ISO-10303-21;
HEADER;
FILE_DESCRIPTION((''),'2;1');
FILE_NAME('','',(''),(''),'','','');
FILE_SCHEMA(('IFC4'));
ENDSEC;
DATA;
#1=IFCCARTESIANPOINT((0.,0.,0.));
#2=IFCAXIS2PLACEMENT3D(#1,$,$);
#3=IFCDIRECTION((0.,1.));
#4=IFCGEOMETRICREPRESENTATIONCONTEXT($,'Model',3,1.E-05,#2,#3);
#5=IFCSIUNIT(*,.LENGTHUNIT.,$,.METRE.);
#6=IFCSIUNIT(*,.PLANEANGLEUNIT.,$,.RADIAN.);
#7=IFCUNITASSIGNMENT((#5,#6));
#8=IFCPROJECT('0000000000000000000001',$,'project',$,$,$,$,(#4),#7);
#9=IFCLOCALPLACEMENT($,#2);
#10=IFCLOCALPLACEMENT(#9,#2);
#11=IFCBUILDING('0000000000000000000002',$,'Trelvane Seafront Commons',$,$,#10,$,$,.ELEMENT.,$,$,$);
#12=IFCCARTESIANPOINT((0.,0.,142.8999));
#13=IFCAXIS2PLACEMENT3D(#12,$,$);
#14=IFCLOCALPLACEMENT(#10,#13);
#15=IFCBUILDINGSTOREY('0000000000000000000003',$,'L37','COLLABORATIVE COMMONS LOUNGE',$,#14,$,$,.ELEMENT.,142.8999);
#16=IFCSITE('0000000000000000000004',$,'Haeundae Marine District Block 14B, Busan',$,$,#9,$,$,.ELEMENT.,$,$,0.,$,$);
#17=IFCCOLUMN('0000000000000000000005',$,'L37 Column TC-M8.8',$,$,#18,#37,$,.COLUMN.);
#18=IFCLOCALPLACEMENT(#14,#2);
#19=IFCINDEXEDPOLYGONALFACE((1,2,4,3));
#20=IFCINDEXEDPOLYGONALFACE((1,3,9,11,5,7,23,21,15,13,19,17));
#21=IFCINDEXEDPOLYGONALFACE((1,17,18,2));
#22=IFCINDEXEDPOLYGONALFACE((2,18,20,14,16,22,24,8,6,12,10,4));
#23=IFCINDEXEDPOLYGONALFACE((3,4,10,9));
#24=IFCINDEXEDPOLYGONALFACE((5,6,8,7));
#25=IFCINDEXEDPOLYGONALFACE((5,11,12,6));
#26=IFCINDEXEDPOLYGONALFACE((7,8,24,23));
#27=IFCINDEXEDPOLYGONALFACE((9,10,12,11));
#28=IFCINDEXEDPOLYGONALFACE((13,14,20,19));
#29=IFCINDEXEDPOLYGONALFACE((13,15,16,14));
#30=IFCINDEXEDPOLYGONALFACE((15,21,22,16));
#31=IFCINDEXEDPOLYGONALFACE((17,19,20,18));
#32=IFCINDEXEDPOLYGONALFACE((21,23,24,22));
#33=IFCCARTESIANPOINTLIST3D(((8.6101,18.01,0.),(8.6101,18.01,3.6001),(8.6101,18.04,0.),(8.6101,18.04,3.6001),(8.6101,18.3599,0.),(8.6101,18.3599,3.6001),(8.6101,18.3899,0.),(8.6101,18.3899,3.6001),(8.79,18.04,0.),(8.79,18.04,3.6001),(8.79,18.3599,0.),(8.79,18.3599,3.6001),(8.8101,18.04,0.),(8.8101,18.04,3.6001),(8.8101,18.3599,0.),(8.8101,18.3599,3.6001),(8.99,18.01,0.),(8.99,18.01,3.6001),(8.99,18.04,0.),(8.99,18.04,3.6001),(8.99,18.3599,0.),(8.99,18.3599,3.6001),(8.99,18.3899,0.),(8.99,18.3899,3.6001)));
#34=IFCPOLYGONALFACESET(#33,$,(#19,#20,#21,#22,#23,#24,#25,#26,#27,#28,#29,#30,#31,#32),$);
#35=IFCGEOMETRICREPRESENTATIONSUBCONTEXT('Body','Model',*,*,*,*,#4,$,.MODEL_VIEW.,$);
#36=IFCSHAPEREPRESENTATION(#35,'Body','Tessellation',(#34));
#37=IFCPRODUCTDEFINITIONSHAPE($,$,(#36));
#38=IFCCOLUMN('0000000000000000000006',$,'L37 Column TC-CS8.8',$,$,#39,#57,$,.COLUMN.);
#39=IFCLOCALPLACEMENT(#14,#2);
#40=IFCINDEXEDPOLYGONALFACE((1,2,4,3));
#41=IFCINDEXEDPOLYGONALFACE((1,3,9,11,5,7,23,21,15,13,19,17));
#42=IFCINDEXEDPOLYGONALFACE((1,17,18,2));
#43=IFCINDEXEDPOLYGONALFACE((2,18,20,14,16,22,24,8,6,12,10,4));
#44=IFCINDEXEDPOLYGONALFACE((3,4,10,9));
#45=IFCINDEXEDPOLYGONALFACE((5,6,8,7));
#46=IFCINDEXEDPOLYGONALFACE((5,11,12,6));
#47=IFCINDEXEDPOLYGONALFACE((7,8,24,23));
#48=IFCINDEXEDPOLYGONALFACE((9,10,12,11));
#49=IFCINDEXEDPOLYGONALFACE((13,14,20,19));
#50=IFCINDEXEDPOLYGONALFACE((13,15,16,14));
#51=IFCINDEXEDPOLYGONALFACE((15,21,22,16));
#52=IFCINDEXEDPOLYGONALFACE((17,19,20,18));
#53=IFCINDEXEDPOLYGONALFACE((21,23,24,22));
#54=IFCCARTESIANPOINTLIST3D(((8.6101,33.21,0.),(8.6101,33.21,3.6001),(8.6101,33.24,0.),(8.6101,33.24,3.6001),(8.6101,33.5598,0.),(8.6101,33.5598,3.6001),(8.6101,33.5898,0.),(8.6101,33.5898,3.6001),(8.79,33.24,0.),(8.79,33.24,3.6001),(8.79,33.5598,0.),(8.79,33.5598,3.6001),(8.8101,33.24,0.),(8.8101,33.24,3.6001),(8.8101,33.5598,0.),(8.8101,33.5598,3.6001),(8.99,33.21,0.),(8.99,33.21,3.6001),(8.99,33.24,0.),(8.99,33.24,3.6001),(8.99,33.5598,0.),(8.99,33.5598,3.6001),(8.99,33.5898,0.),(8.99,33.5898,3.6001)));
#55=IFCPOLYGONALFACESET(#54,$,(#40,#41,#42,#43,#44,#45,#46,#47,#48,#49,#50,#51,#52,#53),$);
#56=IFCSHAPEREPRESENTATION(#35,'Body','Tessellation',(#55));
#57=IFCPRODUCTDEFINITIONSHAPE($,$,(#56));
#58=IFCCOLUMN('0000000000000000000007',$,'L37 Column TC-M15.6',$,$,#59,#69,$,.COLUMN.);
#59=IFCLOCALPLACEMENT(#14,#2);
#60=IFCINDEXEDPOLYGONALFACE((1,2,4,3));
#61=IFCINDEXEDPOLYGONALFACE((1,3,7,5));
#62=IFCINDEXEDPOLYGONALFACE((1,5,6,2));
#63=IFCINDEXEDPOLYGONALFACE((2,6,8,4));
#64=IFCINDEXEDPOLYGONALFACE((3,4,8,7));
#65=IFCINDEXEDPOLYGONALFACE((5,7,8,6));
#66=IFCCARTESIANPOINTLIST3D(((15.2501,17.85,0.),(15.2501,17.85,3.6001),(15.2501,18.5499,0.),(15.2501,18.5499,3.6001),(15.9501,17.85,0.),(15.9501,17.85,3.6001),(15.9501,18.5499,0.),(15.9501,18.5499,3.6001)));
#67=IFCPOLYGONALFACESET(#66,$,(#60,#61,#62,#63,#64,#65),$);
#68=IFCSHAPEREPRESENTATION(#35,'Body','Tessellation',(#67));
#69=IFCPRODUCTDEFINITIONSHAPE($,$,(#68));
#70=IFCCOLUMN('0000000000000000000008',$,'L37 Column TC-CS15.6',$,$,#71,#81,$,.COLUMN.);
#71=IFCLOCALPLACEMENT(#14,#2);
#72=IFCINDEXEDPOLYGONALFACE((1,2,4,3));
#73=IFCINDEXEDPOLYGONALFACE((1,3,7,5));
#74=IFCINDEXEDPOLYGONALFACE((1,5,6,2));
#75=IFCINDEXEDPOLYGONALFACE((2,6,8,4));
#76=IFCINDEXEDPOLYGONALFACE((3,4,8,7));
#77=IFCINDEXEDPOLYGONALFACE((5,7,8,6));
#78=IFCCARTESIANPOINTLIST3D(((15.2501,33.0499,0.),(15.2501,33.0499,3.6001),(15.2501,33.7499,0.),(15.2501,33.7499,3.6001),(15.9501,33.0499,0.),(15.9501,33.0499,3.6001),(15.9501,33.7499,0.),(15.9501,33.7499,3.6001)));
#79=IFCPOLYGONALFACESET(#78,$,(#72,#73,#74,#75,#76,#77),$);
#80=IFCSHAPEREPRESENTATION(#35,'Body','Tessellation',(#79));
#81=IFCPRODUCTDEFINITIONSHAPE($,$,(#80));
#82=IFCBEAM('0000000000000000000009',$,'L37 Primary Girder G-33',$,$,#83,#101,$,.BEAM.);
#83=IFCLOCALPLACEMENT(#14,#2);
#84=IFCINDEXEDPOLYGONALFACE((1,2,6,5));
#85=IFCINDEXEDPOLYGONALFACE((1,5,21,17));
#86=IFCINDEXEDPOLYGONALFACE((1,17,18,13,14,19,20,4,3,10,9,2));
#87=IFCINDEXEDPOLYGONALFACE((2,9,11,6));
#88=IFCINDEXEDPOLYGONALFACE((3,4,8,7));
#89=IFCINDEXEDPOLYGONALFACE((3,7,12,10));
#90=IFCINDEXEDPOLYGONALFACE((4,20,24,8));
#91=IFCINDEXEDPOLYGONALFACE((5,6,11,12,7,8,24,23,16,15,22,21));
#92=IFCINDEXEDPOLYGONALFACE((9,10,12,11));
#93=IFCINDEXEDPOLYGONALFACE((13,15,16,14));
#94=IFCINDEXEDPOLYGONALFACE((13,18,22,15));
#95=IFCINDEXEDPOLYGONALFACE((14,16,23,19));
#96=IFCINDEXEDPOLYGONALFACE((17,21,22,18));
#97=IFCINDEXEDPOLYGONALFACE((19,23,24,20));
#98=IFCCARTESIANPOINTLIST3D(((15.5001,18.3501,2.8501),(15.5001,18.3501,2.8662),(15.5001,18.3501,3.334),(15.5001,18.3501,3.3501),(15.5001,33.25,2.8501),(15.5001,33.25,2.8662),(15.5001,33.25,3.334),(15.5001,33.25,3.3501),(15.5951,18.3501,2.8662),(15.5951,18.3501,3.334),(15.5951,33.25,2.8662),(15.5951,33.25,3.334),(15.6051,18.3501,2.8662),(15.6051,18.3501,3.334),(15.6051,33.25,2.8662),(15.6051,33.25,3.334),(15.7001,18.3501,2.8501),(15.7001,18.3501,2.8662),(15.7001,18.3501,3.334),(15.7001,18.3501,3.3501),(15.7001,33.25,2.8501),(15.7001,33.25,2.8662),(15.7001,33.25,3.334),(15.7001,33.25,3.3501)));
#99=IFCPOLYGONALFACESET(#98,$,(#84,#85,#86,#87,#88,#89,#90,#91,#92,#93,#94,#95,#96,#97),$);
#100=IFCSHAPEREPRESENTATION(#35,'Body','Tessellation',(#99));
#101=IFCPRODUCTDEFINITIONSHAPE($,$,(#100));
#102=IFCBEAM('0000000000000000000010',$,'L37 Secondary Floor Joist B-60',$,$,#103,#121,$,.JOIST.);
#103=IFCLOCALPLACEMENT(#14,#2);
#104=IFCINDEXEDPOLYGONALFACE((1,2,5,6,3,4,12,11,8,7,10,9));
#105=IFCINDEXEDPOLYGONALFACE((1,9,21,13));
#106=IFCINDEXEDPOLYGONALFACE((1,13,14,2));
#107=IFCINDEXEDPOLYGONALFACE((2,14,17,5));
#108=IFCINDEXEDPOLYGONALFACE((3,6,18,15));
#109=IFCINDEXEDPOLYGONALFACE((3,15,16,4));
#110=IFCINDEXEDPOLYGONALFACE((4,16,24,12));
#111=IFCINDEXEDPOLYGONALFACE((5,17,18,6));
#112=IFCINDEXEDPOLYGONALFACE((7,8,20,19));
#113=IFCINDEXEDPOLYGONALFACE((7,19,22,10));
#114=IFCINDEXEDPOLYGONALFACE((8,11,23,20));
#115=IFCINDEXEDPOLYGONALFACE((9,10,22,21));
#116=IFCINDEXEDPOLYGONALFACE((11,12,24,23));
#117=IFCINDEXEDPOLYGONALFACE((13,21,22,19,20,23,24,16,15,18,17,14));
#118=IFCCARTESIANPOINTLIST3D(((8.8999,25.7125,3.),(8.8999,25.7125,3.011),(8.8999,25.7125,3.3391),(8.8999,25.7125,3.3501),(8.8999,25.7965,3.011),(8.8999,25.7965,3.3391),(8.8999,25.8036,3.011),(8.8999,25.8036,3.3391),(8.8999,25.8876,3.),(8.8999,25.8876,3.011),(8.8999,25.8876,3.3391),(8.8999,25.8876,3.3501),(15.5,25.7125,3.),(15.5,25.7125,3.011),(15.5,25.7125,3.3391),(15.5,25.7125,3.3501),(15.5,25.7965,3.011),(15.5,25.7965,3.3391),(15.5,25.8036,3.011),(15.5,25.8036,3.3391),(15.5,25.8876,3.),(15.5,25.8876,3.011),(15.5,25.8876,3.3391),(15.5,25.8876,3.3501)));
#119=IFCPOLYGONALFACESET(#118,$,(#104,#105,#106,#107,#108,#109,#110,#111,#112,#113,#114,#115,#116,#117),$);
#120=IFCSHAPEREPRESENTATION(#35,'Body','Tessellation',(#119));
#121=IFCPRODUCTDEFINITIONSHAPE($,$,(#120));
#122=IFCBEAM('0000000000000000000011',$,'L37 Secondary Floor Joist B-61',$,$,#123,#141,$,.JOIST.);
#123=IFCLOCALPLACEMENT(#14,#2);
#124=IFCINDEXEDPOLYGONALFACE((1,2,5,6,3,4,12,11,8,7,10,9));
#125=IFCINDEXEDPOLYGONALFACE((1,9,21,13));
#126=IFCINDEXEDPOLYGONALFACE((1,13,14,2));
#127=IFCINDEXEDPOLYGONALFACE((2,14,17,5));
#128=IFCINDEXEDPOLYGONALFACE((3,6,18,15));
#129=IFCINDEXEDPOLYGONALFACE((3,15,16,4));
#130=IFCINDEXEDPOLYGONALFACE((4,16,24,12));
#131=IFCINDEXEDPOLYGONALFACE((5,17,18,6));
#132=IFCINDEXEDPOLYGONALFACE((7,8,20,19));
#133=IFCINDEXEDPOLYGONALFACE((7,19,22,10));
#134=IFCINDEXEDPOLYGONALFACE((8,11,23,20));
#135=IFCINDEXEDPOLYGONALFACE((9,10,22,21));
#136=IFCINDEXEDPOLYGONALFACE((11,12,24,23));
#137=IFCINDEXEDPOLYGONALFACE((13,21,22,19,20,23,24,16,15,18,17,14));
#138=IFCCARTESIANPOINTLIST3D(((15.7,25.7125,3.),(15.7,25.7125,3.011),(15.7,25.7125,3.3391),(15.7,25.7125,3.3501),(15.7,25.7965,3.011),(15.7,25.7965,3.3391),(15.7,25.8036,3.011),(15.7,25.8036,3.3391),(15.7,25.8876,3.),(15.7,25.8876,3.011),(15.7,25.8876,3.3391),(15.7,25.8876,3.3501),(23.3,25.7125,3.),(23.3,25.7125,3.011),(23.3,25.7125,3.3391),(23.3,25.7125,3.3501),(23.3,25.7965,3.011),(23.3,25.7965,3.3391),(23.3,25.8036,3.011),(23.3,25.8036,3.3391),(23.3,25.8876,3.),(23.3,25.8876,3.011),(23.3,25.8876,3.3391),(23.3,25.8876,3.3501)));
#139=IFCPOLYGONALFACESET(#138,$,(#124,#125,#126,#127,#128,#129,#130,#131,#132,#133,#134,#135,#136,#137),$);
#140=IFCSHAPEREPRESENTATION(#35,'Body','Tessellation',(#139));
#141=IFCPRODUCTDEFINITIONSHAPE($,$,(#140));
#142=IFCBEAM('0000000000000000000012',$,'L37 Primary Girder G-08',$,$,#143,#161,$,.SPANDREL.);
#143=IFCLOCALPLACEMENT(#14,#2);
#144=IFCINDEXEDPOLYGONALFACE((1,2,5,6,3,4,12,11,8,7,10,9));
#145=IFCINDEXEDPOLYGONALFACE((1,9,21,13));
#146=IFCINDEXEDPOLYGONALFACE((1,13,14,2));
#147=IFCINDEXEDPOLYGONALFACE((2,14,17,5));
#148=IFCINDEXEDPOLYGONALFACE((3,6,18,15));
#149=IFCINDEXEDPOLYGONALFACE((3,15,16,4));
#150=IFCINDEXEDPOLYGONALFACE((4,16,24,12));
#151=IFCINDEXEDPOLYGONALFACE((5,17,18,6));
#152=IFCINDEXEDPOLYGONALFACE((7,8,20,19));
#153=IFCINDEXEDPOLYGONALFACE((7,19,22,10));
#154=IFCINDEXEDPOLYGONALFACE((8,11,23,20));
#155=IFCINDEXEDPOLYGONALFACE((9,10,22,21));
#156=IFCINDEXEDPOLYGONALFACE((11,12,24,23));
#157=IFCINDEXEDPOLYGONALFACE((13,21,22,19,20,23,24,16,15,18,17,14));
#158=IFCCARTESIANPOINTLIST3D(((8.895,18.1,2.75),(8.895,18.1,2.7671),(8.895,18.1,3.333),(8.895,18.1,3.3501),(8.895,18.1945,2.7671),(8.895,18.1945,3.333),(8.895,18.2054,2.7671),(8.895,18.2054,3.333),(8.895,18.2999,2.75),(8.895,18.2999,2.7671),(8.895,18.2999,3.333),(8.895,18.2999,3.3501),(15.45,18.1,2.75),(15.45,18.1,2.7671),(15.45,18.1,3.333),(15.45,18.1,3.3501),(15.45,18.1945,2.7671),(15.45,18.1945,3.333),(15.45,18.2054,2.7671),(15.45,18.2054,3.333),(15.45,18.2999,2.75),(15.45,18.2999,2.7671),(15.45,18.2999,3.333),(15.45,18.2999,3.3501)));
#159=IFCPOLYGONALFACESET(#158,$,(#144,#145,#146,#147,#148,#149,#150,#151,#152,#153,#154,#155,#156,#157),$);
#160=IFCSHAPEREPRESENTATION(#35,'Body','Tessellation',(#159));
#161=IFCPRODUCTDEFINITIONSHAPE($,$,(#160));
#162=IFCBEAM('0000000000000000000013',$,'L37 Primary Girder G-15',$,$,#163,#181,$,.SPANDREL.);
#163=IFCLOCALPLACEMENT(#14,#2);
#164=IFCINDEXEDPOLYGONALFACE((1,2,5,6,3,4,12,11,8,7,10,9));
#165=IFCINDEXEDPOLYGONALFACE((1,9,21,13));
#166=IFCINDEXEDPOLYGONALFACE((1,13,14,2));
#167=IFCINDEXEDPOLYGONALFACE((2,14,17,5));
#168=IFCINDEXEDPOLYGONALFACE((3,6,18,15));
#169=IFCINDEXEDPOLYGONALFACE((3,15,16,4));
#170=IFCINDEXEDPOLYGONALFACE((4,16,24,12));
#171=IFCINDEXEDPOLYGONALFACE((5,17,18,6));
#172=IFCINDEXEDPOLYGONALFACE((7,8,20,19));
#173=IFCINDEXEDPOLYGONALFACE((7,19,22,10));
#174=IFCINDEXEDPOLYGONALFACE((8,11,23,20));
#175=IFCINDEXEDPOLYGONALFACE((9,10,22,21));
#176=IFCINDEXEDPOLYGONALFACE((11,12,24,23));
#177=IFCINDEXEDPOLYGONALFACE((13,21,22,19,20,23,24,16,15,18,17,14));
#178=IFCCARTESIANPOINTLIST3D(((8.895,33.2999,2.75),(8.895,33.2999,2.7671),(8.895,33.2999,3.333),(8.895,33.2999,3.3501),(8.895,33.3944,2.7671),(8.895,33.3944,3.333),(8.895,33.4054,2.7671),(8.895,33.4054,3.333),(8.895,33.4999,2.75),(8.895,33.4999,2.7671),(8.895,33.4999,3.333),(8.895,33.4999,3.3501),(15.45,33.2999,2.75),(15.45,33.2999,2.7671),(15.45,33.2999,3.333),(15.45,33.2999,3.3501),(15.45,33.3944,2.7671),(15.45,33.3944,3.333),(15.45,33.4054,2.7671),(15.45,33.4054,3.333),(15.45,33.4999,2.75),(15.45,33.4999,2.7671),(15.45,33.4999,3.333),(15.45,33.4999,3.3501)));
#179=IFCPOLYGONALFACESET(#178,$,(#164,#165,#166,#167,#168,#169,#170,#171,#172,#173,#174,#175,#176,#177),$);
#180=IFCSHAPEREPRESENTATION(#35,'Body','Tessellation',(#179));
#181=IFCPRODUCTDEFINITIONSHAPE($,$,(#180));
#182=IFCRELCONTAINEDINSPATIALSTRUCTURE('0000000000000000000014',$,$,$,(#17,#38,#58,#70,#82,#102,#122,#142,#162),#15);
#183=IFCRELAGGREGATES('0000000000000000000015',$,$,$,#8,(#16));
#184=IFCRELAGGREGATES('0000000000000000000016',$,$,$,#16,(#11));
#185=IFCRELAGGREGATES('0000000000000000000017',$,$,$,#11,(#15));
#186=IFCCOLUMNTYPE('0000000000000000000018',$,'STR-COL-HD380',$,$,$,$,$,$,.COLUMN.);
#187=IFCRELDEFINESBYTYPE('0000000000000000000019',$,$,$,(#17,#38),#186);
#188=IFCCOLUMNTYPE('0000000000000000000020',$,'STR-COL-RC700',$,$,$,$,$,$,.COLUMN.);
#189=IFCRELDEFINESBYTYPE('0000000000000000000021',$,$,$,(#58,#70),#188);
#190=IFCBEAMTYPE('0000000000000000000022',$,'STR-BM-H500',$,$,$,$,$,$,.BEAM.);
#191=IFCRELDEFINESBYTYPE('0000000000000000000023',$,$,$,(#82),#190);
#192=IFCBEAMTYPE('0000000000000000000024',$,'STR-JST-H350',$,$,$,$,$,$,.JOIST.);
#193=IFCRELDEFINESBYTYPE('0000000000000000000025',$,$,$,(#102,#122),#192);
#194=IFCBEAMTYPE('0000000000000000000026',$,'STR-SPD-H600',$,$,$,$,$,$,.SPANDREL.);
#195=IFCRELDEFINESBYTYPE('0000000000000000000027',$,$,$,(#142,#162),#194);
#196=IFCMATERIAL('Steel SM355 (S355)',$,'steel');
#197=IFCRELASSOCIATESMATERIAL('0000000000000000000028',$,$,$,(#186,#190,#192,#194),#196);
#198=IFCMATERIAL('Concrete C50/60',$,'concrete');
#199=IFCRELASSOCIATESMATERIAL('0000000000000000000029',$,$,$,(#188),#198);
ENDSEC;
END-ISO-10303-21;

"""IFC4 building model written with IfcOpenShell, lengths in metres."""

from ifc_helpers import new_model, si_unit, direction, frame, origin, origin_2d, place, context, subcontext, project, spatial, rectangle, i_section, extrude, source, transform, mapped, material, material_profile, profile_set, type_object, element, save


model = new_model("IFC4")

# Units and contexts
model_context = context("Model", 3, precision=1e-05, world=origin(), true_north=direction((0.0, 1.0)))
body_context = subcontext(model_context, "Body", "Model", "MODEL_VIEW")
ifc_project = project(units=[si_unit("LENGTHUNIT", "METRE"), si_unit("PLANEANGLEUNIT", "RADIAN")], contexts=[model_context])

# Site, building, storey
site_placement = place(None, origin())
site = spatial("IfcSite", under=ifc_project, at=site_placement, Name="Haeundae Marine District Block 14B, Busan", CompositionType="ELEMENT", RefElevation=0.0)
building_placement = place(site_placement, origin())
building = spatial("IfcBuilding", under=site, at=building_placement, Name="Trelvane Seafront Commons", CompositionType="ELEMENT")
storey_placement = place(building_placement, frame((0.0, 0.0, 142.8999)))
storey = spatial("IfcBuildingStorey", under=building, at=storey_placement, Name="L37", Description="COLLABORATIVE COMMONS LOUNGE", CompositionType="ELEMENT", Elevation=142.8999)

# Columns
ifc_material_1 = material(Name="Steel SM355 (S355)", Category="steel")
ifc_material_profile_1 = material_profile(ifc_material_1, i_section(OverallWidth=0.3799, OverallDepth=0.3799, WebThickness=0.02, FlangeThickness=0.03, at=origin_2d()), Name="HD-380x380x20x30")
ifc_profile_set_1 = profile_set([ifc_material_profile_1], Name="Steel SM355 (S355)")
column_type_1 = type_object("IfcColumnType", Name="STR-COL-HD380", PredefinedType="COLUMN", material=ifc_profile_set_1)
shared_shape_1 = source(origin(), body_context, "Body", "SweptSolid", [
    extrude(i_section(OverallWidth=0.3799, OverallDepth=0.3799, WebThickness=0.02, FlangeThickness=0.03, at=origin_2d()), origin(), (0.0, 0.0, 1.0), 3.6001),
])
for number, where, z_axis, x_axis, name in (
    (1, (8.8, 18.2, 0.0), (0.0, 0.0, 1.0), (1.0, 0.0, 0.0), "L37 Column TC-M8.8"),
    (2, (8.8, 33.3999, 0.0), (0.0, 0.0, 1.0), (1.0, 0.0, 0.0), "L37 Column TC-CS8.8"),
):
    element("IfcColumn", number, at=place(storey_placement, frame(where, z_axis=z_axis, x_axis=x_axis)), inside=storey, type_object=column_type_1, Name=name, PredefinedType="COLUMN", context=body_context, shape_type="MappedRepresentation", body=[
        mapped(shared_shape_1, transform((0.0, 0.0, 0.0), x_axis=(1.0, 0.0, 0.0), y_axis=(0.0, 1.0, 0.0), z_axis=(0.0, 0.0, 1.0), scale=1.0)),
    ])
ifc_material_2 = material(Name="Concrete C50/60", Category="concrete")
ifc_material_profile_2 = material_profile(ifc_material_2, rectangle(XDim=0.7, YDim=0.7, at=origin_2d()), Name="RC-700x700")
ifc_profile_set_2 = profile_set([ifc_material_profile_2], Name="Concrete C50/60")
column_type_2 = type_object("IfcColumnType", Name="STR-COL-RC700", PredefinedType="COLUMN", material=ifc_profile_set_2)
shared_shape_2 = source(origin(), body_context, "Body", "SweptSolid", [
    extrude(rectangle(XDim=0.7, YDim=0.7, at=origin_2d()), origin(), (0.0, 0.0, 1.0), 3.6001),
])
for number, where, z_axis, x_axis, name in (
    (3, (15.6001, 18.2, 0.0), (0.0, 0.0, 1.0), (1.0, 0.0, 0.0), "L37 Column TC-M15.6"),
    (4, (15.6001, 33.3999, 0.0), (0.0, 0.0, 1.0), (1.0, 0.0, 0.0), "L37 Column TC-CS15.6"),
):
    element("IfcColumn", number, at=place(storey_placement, frame(where, z_axis=z_axis, x_axis=x_axis)), inside=storey, type_object=column_type_2, Name=name, PredefinedType="COLUMN", context=body_context, shape_type="MappedRepresentation", body=[
        mapped(shared_shape_2, transform((0.0, 0.0, 0.0), x_axis=(1.0, 0.0, 0.0), y_axis=(0.0, 1.0, 0.0), z_axis=(0.0, 0.0, 1.0), scale=1.0)),
    ])

# Beams
ifc_material_profile_3 = material_profile(ifc_material_1, i_section(OverallWidth=0.2, OverallDepth=0.5, WebThickness=0.01, FlangeThickness=0.0161, at=origin_2d()), Name="H-500x200x10x16")
ifc_profile_set_3 = profile_set([ifc_material_profile_3], Name="Steel SM355 (S355)")
beam_type_1 = type_object("IfcBeamType", Name="STR-BM-H500", PredefinedType="BEAM", material=ifc_profile_set_3)
shared_shape_3 = source(origin(), body_context, "Body", "SweptSolid", [
    extrude(i_section(OverallWidth=0.2, OverallDepth=0.5, WebThickness=0.01, FlangeThickness=0.0161, at=origin_2d()), origin(), (0.0, 0.0, 1.0), 14.8999),
])
beam_1_placement = place(storey_placement, frame((15.6001, 18.3501, 3.1001), z_axis=(0.0, 1.0, 0.0), x_axis=(-1.0, 0.0, 0.0)))
element("IfcBeam", 5, at=beam_1_placement, inside=storey, type_object=beam_type_1, Name="L37 Primary Girder G-33", PredefinedType="BEAM", context=body_context, shape_type="MappedRepresentation", body=[
    mapped(shared_shape_3, transform((0.0, 0.0, 0.0), x_axis=(1.0, 0.0, 0.0), y_axis=(0.0, 1.0, 0.0), z_axis=(0.0, 0.0, 1.0), scale=1.0)),
])
ifc_material_profile_4 = material_profile(ifc_material_1, i_section(OverallWidth=0.175, OverallDepth=0.3501, WebThickness=0.0071, FlangeThickness=0.011, at=origin_2d()), Name="H-350x175x7x11")
ifc_profile_set_4 = profile_set([ifc_material_profile_4], Name="Steel SM355 (S355)")
beam_type_2 = type_object("IfcBeamType", Name="STR-JST-H350", PredefinedType="JOIST", material=ifc_profile_set_4)
shared_shape_4 = source(origin(), body_context, "Body", "SweptSolid", [
    extrude(i_section(OverallWidth=0.175, OverallDepth=0.3501, WebThickness=0.0071, FlangeThickness=0.011, at=origin_2d()), origin(), (0.0, 0.0, 1.0), 6.6001),
])
beam_2_placement = place(storey_placement, frame((8.8999, 25.8, 3.175), z_axis=(1.0, 0.0, 0.0), x_axis=(0.0, 1.0, 0.0)))
element("IfcBeam", 6, at=beam_2_placement, inside=storey, type_object=beam_type_2, Name="L37 Secondary Floor Joist B-60", PredefinedType="JOIST", context=body_context, shape_type="MappedRepresentation", body=[
    mapped(shared_shape_4, transform((0.0, 0.0, 0.0), x_axis=(1.0, 0.0, 0.0), y_axis=(0.0, 1.0, 0.0), z_axis=(0.0, 0.0, 1.0), scale=1.0)),
])
shared_shape_5 = source(origin(), body_context, "Body", "SweptSolid", [
    extrude(i_section(OverallWidth=0.175, OverallDepth=0.3501, WebThickness=0.0071, FlangeThickness=0.011, at=origin_2d()), origin(), (0.0, 0.0, 1.0), 7.6001),
])
beam_3_placement = place(storey_placement, frame((15.7, 25.8, 3.175), z_axis=(1.0, 0.0, 0.0), x_axis=(0.0, 1.0, 0.0)))
element("IfcBeam", 7, at=beam_3_placement, inside=storey, type_object=beam_type_2, Name="L37 Secondary Floor Joist B-61", PredefinedType="JOIST", context=body_context, shape_type="MappedRepresentation", body=[
    mapped(shared_shape_5, transform((0.0, 0.0, 0.0), x_axis=(1.0, 0.0, 0.0), y_axis=(0.0, 1.0, 0.0), z_axis=(0.0, 0.0, 1.0), scale=1.0)),
])
ifc_material_profile_5 = material_profile(ifc_material_1, i_section(OverallWidth=0.2, OverallDepth=0.6001, WebThickness=0.011, FlangeThickness=0.0171, at=origin_2d()), Name="H-600x200x11x17")
ifc_profile_set_5 = profile_set([ifc_material_profile_5], Name="Steel SM355 (S355)")
beam_type_3 = type_object("IfcBeamType", Name="STR-SPD-H600", PredefinedType="SPANDREL", material=ifc_profile_set_5)
shared_shape_6 = source(origin(), body_context, "Body", "SweptSolid", [
    extrude(i_section(OverallWidth=0.2, OverallDepth=0.6001, WebThickness=0.011, FlangeThickness=0.0171, at=origin_2d()), origin(), (0.0, 0.0, 1.0), 6.5549),
])
for number, where, z_axis, x_axis, name in (
    (8, (8.895, 18.2, 3.05), (1.0, 0.0, 0.0), (0.0, 1.0, 0.0), "L37 Primary Girder G-08"),
    (9, (8.895, 33.3999, 3.05), (1.0, 0.0, 0.0), (0.0, 1.0, 0.0), "L37 Primary Girder G-15"),
):
    element("IfcBeam", number, at=place(storey_placement, frame(where, z_axis=z_axis, x_axis=x_axis)), inside=storey, type_object=beam_type_3, Name=name, PredefinedType="SPANDREL", context=body_context, shape_type="MappedRepresentation", body=[
        mapped(shared_shape_6, transform((0.0, 0.0, 0.0), x_axis=(1.0, 0.0, 0.0), y_axis=(0.0, 1.0, 0.0), z_axis=(0.0, 0.0, 1.0), scale=1.0)),
    ])

save(model, "model.ifc")
